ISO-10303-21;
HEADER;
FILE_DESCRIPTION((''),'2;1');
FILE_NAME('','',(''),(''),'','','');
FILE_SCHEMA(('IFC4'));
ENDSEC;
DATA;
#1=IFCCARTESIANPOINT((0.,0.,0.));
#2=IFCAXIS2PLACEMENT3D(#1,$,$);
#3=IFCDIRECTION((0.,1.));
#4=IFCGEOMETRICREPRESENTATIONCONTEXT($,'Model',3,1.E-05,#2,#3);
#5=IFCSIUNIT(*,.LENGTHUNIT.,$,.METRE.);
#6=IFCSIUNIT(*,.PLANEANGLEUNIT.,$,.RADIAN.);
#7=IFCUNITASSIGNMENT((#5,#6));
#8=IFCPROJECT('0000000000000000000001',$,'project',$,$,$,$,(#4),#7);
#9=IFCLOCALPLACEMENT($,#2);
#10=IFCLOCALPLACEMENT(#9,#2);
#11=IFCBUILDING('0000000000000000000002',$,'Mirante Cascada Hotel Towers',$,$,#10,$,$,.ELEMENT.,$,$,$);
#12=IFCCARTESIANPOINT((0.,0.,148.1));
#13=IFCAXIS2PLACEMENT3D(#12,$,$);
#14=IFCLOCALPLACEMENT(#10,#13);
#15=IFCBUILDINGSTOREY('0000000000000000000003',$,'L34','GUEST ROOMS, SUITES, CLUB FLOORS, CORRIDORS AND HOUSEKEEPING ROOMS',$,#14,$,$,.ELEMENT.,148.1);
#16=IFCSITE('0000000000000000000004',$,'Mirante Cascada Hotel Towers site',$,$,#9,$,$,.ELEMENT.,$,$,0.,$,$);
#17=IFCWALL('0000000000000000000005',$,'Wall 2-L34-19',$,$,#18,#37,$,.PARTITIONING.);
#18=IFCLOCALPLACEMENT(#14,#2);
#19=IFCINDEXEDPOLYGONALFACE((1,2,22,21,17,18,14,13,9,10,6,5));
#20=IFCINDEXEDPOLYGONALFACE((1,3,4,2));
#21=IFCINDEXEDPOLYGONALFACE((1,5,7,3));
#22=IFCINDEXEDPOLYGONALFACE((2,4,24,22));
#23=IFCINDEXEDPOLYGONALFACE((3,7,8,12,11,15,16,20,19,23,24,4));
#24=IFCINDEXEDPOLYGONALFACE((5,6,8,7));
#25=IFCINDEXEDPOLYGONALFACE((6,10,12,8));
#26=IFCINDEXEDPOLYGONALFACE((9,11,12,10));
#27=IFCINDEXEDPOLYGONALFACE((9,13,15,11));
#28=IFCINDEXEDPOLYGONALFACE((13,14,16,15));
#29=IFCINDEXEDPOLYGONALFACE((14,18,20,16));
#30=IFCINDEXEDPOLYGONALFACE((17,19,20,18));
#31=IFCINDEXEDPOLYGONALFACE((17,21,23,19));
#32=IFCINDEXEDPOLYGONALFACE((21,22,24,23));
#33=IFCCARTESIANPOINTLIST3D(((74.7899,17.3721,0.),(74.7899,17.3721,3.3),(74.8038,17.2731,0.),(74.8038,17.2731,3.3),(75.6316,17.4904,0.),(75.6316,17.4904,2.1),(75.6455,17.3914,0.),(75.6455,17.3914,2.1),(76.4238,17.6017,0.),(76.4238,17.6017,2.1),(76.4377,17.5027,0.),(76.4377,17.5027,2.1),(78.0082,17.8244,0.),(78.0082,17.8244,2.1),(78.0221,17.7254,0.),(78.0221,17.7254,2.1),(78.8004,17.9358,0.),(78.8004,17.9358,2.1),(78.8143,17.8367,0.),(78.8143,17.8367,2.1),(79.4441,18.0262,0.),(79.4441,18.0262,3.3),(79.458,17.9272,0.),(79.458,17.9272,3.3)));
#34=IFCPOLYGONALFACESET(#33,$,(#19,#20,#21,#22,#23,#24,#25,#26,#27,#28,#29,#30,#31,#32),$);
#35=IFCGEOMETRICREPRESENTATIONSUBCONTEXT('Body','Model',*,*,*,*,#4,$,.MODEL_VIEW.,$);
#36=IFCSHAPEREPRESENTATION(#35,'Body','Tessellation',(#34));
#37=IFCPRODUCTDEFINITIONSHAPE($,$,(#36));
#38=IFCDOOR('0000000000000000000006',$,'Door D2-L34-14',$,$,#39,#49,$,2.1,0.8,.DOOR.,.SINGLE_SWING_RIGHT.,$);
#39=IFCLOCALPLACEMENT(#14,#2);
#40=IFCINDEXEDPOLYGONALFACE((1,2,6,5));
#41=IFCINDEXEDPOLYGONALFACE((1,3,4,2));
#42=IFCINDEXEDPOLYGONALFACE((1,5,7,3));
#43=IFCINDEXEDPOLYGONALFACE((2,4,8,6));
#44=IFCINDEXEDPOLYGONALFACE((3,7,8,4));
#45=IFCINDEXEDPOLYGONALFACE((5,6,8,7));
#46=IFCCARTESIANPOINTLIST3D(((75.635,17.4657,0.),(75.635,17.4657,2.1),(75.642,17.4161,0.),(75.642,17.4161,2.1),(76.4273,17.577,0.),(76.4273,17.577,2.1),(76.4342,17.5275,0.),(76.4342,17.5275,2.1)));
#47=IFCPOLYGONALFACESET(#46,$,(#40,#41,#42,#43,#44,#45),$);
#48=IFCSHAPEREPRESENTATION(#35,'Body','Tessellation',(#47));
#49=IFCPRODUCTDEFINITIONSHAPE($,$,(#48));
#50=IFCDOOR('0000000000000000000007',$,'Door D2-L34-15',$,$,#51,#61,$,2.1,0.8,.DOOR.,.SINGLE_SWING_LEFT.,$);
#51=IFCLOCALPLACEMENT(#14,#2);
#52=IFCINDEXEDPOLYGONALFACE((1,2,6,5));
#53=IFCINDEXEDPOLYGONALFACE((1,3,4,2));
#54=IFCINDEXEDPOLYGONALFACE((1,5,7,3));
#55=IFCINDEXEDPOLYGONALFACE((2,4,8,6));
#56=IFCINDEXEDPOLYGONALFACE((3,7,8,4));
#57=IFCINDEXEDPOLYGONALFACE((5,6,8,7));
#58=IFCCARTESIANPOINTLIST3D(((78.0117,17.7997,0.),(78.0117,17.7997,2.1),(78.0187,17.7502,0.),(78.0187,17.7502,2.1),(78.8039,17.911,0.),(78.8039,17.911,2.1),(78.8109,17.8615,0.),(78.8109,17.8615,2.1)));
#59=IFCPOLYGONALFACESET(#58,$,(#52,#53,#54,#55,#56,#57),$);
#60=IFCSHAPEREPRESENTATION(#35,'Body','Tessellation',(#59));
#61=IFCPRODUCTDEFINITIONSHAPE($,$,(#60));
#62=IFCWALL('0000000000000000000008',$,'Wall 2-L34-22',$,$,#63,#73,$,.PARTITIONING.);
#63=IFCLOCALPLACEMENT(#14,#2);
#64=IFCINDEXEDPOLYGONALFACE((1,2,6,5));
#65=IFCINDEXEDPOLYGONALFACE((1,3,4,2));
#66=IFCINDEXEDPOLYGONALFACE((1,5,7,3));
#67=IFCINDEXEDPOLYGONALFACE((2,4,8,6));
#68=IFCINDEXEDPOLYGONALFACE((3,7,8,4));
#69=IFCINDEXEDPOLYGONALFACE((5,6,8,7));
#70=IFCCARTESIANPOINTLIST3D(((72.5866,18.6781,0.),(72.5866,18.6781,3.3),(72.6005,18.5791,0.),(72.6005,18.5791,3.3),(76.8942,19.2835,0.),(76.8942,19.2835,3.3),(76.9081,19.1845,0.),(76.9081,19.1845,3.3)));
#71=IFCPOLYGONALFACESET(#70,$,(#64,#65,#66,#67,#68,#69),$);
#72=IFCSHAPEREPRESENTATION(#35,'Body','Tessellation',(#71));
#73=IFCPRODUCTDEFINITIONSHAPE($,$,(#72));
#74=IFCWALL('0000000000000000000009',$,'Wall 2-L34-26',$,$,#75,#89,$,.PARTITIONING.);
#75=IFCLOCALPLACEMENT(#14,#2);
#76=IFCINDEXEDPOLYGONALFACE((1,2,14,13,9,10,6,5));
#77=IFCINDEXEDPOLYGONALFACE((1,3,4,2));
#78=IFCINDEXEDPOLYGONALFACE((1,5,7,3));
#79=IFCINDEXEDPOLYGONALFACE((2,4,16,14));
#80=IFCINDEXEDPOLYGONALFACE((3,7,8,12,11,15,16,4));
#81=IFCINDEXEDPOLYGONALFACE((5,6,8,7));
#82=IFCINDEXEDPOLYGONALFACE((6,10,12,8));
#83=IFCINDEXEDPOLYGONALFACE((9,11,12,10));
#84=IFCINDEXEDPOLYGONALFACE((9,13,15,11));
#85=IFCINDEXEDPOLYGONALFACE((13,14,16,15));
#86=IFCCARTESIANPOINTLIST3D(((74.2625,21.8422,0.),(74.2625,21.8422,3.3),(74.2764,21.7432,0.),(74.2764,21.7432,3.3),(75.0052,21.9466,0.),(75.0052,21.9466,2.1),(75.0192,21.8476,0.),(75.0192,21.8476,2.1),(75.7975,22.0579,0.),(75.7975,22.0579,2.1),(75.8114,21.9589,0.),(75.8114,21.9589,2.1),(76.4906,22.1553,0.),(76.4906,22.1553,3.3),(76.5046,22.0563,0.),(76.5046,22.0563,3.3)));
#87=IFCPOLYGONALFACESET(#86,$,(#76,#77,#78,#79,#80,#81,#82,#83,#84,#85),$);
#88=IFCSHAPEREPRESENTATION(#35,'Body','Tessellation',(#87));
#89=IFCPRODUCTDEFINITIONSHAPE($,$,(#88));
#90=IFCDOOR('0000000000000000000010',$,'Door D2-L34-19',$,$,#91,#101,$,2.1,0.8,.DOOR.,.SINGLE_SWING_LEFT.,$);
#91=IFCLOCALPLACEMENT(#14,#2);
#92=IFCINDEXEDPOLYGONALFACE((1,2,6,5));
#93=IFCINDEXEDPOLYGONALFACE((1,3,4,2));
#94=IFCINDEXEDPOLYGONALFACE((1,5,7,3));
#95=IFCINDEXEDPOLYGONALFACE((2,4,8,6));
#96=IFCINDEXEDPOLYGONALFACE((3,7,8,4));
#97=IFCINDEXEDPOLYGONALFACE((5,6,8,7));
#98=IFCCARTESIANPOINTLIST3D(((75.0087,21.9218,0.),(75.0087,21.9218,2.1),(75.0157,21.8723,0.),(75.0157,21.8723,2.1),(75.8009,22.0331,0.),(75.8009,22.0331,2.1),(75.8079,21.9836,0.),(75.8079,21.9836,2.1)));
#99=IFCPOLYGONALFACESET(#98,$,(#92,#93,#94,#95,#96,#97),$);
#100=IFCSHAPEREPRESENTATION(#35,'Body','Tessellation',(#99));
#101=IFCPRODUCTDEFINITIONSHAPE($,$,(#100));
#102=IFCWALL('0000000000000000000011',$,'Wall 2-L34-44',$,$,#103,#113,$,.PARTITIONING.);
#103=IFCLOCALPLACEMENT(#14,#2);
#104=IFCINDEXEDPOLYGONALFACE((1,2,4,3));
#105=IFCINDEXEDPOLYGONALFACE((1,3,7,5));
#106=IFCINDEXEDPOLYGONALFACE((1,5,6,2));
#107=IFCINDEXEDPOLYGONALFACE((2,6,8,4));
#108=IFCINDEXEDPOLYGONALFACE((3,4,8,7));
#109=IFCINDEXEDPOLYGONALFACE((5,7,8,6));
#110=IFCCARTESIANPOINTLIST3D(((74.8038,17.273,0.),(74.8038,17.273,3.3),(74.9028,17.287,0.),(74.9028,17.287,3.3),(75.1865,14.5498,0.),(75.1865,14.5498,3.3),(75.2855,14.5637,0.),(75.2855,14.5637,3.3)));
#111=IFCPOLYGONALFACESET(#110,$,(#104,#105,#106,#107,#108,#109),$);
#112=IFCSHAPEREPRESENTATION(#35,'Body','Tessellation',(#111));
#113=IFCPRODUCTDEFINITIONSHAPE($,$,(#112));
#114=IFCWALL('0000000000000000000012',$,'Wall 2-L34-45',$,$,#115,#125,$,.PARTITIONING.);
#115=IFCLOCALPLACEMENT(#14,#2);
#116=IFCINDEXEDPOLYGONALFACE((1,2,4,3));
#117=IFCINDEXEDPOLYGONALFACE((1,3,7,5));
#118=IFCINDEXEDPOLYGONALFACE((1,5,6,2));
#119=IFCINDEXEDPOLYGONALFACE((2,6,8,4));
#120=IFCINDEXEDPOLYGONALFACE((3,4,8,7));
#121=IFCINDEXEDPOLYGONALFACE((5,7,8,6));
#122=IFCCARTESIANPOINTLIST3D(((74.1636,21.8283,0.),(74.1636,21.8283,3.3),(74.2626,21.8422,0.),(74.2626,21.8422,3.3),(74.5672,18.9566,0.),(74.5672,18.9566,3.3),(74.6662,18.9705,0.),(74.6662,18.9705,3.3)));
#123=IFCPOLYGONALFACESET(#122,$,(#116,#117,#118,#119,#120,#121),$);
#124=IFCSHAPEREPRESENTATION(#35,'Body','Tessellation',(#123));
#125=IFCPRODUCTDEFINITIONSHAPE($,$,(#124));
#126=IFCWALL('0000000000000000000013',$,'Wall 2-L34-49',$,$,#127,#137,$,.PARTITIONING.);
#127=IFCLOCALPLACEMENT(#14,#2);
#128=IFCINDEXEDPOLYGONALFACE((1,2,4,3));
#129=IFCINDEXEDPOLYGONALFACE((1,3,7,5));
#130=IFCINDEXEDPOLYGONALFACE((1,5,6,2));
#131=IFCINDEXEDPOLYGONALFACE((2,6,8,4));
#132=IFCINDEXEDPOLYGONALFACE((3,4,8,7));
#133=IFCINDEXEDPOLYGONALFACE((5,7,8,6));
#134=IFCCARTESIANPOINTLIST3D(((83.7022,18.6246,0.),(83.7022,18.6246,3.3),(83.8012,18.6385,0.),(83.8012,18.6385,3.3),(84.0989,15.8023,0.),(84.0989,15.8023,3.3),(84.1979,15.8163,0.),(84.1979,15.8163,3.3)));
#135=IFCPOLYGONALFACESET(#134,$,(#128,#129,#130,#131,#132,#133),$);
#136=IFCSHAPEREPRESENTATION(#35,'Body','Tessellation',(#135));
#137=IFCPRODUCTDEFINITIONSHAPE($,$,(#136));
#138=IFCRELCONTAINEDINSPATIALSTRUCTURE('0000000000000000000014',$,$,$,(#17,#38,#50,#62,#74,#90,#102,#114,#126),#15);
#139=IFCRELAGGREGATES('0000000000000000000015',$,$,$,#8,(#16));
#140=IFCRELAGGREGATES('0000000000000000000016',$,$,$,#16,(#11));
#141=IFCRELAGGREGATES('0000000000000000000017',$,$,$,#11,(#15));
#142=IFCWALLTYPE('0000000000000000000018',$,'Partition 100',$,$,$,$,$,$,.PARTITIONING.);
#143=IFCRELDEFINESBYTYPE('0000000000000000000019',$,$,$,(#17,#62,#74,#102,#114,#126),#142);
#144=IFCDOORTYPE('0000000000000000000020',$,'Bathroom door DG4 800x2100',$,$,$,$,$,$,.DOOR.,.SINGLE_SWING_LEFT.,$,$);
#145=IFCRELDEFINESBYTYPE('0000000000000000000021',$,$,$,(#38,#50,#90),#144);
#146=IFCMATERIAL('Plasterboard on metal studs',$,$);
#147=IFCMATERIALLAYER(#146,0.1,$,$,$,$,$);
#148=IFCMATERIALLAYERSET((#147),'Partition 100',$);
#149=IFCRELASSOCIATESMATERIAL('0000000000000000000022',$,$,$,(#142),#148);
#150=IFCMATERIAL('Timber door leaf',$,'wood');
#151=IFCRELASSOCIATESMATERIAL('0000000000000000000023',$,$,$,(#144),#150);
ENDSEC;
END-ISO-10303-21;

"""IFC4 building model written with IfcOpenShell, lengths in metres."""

from ifc_helpers import new_model, si_unit, direction, frame, frame_2d, origin, place, context, subcontext, project, spatial, rectangle, extrude, material, layer, layer_set, type_object, element, fill, save


model = new_model("IFC4")

# Units and contexts
model_context = context("Model", 3, precision=1e-05, world=origin(), true_north=direction((0.0, 1.0)))
body_context = subcontext(model_context, "Body", "Model", "MODEL_VIEW")
ifc_project = project(units=[si_unit("LENGTHUNIT", "METRE"), si_unit("PLANEANGLEUNIT", "RADIAN")], contexts=[model_context])

# Site, building, storey
site_placement = place(None, origin())
site = spatial("IfcSite", under=ifc_project, at=site_placement, Name="Mirante Cascada Hotel Towers site", CompositionType="ELEMENT", RefElevation=0.0)
building_placement = place(site_placement, origin())
building = spatial("IfcBuilding", under=site, at=building_placement, Name="Mirante Cascada Hotel Towers", CompositionType="ELEMENT")
storey_placement = place(building_placement, frame((0.0, 0.0, 148.1)))
storey = spatial("IfcBuildingStorey", under=building, at=storey_placement, Name="L34", Description="GUEST ROOMS, SUITES, CLUB FLOORS, CORRIDORS AND HOUSEKEEPING ROOMS", CompositionType="ELEMENT", Elevation=148.1)

# Wall, openings, doors
ifc_material_1 = material(Name="Plasterboard on metal studs")
ifc_layer_1 = layer(ifc_material_1, 0.1)
ifc_layer_set_1 = layer_set([ifc_layer_1], Name="Partition 100")
wall_type_1 = type_object("IfcWallType", Name="Partition 100", PredefinedType="PARTITIONING", material=ifc_layer_set_1)
wall_1_placement = place(storey_placement, frame((74.7968, 17.3226, 0.0), z_axis=(0.0, 0.0, 1.0), x_axis=(0.990268, 0.139172, 0.0)))
wall_1 = element("IfcWall", 1, at=wall_1_placement, inside=storey, type_object=wall_type_1, Name="Wall 2-L34-19", PredefinedType="PARTITIONING", context=body_context, shape_type="SweptSolid", body=[
    extrude(rectangle(XDim=4.6999, YDim=0.1, at=frame_2d((2.35, 0.0))), origin(), (0.0, 0.0, 1.0), 3.3),
])
opening_1_placement = place(wall_1_placement, frame((0.85, 0.0, 0.0)))
opening_1 = element("IfcOpeningElement", 2, at=opening_1_placement, cuts=wall_1, PredefinedType="OPENING", context=body_context, shape_type="SweptSolid", body=[
    extrude(rectangle(XDim=0.8, YDim=2.1, at=frame_2d((0.4, 1.05))), frame((0.0, 0.05, 0.0), z_axis=(0.0, -1.0, 0.0), x_axis=(1.0, 0.0, 0.0)), (0.0, 0.0, 1.0), 0.1),
])
opening_2_placement = place(wall_1_placement, frame((3.25, 0.0, 0.0)))
opening_2 = element("IfcOpeningElement", 3, at=opening_2_placement, cuts=wall_1, PredefinedType="OPENING", context=body_context, shape_type="SweptSolid", body=[
    extrude(rectangle(XDim=0.8, YDim=2.1, at=frame_2d((0.4, 1.05))), frame((0.0, 0.05, 0.0), z_axis=(0.0, -1.0, 0.0), x_axis=(1.0, 0.0, 0.0)), (0.0, 0.0, 1.0), 0.1),
])
ifc_material_2 = material(Name="Timber door leaf", Category="wood")
door_type_1 = type_object("IfcDoorType", Name="Bathroom door DG4 800x2100", OperationType="SINGLE_SWING_LEFT", PredefinedType="DOOR", material=ifc_material_2)
door_1_placement = place(opening_1_placement, frame((0.8, 0.0, 0.0), z_axis=(0.0, 0.0, 1.0), x_axis=(-1.0, 0.0, 0.0)))
door_1 = element("IfcDoor", 4, at=door_1_placement, inside=storey, type_object=door_type_1, Name="Door D2-L34-14", OperationType="SINGLE_SWING_RIGHT", OverallHeight=2.1, OverallWidth=0.8, PredefinedType="DOOR", context=body_context, shape_type="SweptSolid", body=[
    extrude(rectangle(XDim=0.8, YDim=2.1, at=frame_2d((0.4, 1.05))), frame((0.0, 0.025, 0.0), z_axis=(0.0, -1.0, 0.0), x_axis=(1.0, 0.0, 0.0)), (0.0, 0.0, 1.0), 0.05),
])
fill(opening_1, door_1)
door_2_placement = place(opening_2_placement, origin())
door_2 = element("IfcDoor", 5, at=door_2_placement, inside=storey, type_object=door_type_1, Name="Door D2-L34-15", OperationType="SINGLE_SWING_LEFT", OverallHeight=2.1, OverallWidth=0.8, PredefinedType="DOOR", context=body_context, shape_type="SweptSolid", body=[
    extrude(rectangle(XDim=0.8, YDim=2.1, at=frame_2d((0.4, 1.05))), frame((0.0, 0.025, 0.0), z_axis=(0.0, -1.0, 0.0), x_axis=(1.0, 0.0, 0.0)), (0.0, 0.0, 1.0), 0.05),
])
fill(opening_2, door_2)

# Wall
wall_2_placement = place(storey_placement, frame((76.9012, 19.234, 0.0), z_axis=(0.0, 0.0, 1.0), x_axis=(-0.990268, -0.139175, 0.0)))
element("IfcWall", 6, at=wall_2_placement, inside=storey, type_object=wall_type_1, Name="Wall 2-L34-22", PredefinedType="PARTITIONING", context=body_context, shape_type="SweptSolid", body=[
    extrude(rectangle(XDim=4.3499, YDim=0.1, at=frame_2d((2.175, 0.0))), origin(), (0.0, 0.0, 1.0), 3.3),
])

# Wall, opening, door
wall_3_placement = place(storey_placement, frame((76.4976, 22.1058, 0.0), z_axis=(0.0, 0.0, 1.0), x_axis=(-0.990271, -0.139156, 0.0)))
wall_3 = element("IfcWall", 7, at=wall_3_placement, inside=storey, type_object=wall_type_1, Name="Wall 2-L34-26", PredefinedType="PARTITIONING", context=body_context, shape_type="SweptSolid", body=[
    extrude(rectangle(XDim=2.25, YDim=0.1, at=frame_2d((1.125, 0.0))), origin(), (0.0, 0.0, 1.0), 3.3),
])
opening_3_placement = place(wall_3_placement, frame((0.7, 0.0, 0.0)))
opening_3 = element("IfcOpeningElement", 8, at=opening_3_placement, cuts=wall_3, PredefinedType="OPENING", context=body_context, shape_type="SweptSolid", body=[
    extrude(rectangle(XDim=0.8, YDim=2.1, at=frame_2d((0.4, 1.05))), frame((0.0, 0.05, 0.0), z_axis=(0.0, -1.0, 0.0), x_axis=(1.0, 0.0, 0.0)), (0.0, 0.0, 1.0), 0.1),
])
door_3_placement = place(opening_3_placement, origin())
door_3 = element("IfcDoor", 9, at=door_3_placement, inside=storey, type_object=door_type_1, Name="Door D2-L34-19", OperationType="SINGLE_SWING_LEFT", OverallHeight=2.1, OverallWidth=0.8, PredefinedType="DOOR", context=body_context, shape_type="SweptSolid", body=[
    extrude(rectangle(XDim=0.8, YDim=2.1, at=frame_2d((0.4, 1.05))), frame((0.0, 0.025, 0.0), z_axis=(0.0, -1.0, 0.0), x_axis=(1.0, 0.0, 0.0)), (0.0, 0.0, 1.0), 0.05),
])
fill(opening_3, door_3)

# Walls
wall_4_placement = place(storey_placement, frame((74.8533, 17.28, 0.0), z_axis=(0.0, 0.0, 1.0), x_axis=(0.139166, -0.990269, 0.0)))
element("IfcWall", 10, at=wall_4_placement, inside=storey, type_object=wall_type_1, Name="Wall 2-L34-44", PredefinedType="PARTITIONING", context=body_context, shape_type="SweptSolid", body=[
    extrude(rectangle(XDim=2.75, YDim=0.1, at=frame_2d((1.375, 0.0))), origin(), (0.0, 0.0, 1.0), 3.3),
])
wall_5_placement = place(storey_placement, frame((74.6167, 18.9635, 0.0), z_axis=(0.0, 0.0, 1.0), x_axis=(-0.139176, 0.990268, 0.0)))
element("IfcWall", 11, at=wall_5_placement, inside=storey, type_object=wall_type_1, Name="Wall 2-L34-45", PredefinedType="PARTITIONING", context=body_context, shape_type="SweptSolid", body=[
    extrude(rectangle(XDim=2.8999, YDim=0.1, at=frame_2d((1.45, 0.0))), origin(), (0.0, 0.0, 1.0), 3.3),
])
wall_6_placement = place(storey_placement, frame((84.1484, 15.8093, 0.0), z_axis=(0.0, 0.0, 1.0), x_axis=(-0.139191, 0.990266, 0.0)))
element("IfcWall", 12, at=wall_6_placement, inside=storey, type_object=wall_type_1, Name="Wall 2-L34-49", PredefinedType="PARTITIONING", context=body_context, shape_type="SweptSolid", body=[
    extrude(rectangle(XDim=2.85, YDim=0.1, at=frame_2d((1.425, 0.0))), origin(), (0.0, 0.0, 1.0), 3.3),
])

save(model, "model.ifc")
